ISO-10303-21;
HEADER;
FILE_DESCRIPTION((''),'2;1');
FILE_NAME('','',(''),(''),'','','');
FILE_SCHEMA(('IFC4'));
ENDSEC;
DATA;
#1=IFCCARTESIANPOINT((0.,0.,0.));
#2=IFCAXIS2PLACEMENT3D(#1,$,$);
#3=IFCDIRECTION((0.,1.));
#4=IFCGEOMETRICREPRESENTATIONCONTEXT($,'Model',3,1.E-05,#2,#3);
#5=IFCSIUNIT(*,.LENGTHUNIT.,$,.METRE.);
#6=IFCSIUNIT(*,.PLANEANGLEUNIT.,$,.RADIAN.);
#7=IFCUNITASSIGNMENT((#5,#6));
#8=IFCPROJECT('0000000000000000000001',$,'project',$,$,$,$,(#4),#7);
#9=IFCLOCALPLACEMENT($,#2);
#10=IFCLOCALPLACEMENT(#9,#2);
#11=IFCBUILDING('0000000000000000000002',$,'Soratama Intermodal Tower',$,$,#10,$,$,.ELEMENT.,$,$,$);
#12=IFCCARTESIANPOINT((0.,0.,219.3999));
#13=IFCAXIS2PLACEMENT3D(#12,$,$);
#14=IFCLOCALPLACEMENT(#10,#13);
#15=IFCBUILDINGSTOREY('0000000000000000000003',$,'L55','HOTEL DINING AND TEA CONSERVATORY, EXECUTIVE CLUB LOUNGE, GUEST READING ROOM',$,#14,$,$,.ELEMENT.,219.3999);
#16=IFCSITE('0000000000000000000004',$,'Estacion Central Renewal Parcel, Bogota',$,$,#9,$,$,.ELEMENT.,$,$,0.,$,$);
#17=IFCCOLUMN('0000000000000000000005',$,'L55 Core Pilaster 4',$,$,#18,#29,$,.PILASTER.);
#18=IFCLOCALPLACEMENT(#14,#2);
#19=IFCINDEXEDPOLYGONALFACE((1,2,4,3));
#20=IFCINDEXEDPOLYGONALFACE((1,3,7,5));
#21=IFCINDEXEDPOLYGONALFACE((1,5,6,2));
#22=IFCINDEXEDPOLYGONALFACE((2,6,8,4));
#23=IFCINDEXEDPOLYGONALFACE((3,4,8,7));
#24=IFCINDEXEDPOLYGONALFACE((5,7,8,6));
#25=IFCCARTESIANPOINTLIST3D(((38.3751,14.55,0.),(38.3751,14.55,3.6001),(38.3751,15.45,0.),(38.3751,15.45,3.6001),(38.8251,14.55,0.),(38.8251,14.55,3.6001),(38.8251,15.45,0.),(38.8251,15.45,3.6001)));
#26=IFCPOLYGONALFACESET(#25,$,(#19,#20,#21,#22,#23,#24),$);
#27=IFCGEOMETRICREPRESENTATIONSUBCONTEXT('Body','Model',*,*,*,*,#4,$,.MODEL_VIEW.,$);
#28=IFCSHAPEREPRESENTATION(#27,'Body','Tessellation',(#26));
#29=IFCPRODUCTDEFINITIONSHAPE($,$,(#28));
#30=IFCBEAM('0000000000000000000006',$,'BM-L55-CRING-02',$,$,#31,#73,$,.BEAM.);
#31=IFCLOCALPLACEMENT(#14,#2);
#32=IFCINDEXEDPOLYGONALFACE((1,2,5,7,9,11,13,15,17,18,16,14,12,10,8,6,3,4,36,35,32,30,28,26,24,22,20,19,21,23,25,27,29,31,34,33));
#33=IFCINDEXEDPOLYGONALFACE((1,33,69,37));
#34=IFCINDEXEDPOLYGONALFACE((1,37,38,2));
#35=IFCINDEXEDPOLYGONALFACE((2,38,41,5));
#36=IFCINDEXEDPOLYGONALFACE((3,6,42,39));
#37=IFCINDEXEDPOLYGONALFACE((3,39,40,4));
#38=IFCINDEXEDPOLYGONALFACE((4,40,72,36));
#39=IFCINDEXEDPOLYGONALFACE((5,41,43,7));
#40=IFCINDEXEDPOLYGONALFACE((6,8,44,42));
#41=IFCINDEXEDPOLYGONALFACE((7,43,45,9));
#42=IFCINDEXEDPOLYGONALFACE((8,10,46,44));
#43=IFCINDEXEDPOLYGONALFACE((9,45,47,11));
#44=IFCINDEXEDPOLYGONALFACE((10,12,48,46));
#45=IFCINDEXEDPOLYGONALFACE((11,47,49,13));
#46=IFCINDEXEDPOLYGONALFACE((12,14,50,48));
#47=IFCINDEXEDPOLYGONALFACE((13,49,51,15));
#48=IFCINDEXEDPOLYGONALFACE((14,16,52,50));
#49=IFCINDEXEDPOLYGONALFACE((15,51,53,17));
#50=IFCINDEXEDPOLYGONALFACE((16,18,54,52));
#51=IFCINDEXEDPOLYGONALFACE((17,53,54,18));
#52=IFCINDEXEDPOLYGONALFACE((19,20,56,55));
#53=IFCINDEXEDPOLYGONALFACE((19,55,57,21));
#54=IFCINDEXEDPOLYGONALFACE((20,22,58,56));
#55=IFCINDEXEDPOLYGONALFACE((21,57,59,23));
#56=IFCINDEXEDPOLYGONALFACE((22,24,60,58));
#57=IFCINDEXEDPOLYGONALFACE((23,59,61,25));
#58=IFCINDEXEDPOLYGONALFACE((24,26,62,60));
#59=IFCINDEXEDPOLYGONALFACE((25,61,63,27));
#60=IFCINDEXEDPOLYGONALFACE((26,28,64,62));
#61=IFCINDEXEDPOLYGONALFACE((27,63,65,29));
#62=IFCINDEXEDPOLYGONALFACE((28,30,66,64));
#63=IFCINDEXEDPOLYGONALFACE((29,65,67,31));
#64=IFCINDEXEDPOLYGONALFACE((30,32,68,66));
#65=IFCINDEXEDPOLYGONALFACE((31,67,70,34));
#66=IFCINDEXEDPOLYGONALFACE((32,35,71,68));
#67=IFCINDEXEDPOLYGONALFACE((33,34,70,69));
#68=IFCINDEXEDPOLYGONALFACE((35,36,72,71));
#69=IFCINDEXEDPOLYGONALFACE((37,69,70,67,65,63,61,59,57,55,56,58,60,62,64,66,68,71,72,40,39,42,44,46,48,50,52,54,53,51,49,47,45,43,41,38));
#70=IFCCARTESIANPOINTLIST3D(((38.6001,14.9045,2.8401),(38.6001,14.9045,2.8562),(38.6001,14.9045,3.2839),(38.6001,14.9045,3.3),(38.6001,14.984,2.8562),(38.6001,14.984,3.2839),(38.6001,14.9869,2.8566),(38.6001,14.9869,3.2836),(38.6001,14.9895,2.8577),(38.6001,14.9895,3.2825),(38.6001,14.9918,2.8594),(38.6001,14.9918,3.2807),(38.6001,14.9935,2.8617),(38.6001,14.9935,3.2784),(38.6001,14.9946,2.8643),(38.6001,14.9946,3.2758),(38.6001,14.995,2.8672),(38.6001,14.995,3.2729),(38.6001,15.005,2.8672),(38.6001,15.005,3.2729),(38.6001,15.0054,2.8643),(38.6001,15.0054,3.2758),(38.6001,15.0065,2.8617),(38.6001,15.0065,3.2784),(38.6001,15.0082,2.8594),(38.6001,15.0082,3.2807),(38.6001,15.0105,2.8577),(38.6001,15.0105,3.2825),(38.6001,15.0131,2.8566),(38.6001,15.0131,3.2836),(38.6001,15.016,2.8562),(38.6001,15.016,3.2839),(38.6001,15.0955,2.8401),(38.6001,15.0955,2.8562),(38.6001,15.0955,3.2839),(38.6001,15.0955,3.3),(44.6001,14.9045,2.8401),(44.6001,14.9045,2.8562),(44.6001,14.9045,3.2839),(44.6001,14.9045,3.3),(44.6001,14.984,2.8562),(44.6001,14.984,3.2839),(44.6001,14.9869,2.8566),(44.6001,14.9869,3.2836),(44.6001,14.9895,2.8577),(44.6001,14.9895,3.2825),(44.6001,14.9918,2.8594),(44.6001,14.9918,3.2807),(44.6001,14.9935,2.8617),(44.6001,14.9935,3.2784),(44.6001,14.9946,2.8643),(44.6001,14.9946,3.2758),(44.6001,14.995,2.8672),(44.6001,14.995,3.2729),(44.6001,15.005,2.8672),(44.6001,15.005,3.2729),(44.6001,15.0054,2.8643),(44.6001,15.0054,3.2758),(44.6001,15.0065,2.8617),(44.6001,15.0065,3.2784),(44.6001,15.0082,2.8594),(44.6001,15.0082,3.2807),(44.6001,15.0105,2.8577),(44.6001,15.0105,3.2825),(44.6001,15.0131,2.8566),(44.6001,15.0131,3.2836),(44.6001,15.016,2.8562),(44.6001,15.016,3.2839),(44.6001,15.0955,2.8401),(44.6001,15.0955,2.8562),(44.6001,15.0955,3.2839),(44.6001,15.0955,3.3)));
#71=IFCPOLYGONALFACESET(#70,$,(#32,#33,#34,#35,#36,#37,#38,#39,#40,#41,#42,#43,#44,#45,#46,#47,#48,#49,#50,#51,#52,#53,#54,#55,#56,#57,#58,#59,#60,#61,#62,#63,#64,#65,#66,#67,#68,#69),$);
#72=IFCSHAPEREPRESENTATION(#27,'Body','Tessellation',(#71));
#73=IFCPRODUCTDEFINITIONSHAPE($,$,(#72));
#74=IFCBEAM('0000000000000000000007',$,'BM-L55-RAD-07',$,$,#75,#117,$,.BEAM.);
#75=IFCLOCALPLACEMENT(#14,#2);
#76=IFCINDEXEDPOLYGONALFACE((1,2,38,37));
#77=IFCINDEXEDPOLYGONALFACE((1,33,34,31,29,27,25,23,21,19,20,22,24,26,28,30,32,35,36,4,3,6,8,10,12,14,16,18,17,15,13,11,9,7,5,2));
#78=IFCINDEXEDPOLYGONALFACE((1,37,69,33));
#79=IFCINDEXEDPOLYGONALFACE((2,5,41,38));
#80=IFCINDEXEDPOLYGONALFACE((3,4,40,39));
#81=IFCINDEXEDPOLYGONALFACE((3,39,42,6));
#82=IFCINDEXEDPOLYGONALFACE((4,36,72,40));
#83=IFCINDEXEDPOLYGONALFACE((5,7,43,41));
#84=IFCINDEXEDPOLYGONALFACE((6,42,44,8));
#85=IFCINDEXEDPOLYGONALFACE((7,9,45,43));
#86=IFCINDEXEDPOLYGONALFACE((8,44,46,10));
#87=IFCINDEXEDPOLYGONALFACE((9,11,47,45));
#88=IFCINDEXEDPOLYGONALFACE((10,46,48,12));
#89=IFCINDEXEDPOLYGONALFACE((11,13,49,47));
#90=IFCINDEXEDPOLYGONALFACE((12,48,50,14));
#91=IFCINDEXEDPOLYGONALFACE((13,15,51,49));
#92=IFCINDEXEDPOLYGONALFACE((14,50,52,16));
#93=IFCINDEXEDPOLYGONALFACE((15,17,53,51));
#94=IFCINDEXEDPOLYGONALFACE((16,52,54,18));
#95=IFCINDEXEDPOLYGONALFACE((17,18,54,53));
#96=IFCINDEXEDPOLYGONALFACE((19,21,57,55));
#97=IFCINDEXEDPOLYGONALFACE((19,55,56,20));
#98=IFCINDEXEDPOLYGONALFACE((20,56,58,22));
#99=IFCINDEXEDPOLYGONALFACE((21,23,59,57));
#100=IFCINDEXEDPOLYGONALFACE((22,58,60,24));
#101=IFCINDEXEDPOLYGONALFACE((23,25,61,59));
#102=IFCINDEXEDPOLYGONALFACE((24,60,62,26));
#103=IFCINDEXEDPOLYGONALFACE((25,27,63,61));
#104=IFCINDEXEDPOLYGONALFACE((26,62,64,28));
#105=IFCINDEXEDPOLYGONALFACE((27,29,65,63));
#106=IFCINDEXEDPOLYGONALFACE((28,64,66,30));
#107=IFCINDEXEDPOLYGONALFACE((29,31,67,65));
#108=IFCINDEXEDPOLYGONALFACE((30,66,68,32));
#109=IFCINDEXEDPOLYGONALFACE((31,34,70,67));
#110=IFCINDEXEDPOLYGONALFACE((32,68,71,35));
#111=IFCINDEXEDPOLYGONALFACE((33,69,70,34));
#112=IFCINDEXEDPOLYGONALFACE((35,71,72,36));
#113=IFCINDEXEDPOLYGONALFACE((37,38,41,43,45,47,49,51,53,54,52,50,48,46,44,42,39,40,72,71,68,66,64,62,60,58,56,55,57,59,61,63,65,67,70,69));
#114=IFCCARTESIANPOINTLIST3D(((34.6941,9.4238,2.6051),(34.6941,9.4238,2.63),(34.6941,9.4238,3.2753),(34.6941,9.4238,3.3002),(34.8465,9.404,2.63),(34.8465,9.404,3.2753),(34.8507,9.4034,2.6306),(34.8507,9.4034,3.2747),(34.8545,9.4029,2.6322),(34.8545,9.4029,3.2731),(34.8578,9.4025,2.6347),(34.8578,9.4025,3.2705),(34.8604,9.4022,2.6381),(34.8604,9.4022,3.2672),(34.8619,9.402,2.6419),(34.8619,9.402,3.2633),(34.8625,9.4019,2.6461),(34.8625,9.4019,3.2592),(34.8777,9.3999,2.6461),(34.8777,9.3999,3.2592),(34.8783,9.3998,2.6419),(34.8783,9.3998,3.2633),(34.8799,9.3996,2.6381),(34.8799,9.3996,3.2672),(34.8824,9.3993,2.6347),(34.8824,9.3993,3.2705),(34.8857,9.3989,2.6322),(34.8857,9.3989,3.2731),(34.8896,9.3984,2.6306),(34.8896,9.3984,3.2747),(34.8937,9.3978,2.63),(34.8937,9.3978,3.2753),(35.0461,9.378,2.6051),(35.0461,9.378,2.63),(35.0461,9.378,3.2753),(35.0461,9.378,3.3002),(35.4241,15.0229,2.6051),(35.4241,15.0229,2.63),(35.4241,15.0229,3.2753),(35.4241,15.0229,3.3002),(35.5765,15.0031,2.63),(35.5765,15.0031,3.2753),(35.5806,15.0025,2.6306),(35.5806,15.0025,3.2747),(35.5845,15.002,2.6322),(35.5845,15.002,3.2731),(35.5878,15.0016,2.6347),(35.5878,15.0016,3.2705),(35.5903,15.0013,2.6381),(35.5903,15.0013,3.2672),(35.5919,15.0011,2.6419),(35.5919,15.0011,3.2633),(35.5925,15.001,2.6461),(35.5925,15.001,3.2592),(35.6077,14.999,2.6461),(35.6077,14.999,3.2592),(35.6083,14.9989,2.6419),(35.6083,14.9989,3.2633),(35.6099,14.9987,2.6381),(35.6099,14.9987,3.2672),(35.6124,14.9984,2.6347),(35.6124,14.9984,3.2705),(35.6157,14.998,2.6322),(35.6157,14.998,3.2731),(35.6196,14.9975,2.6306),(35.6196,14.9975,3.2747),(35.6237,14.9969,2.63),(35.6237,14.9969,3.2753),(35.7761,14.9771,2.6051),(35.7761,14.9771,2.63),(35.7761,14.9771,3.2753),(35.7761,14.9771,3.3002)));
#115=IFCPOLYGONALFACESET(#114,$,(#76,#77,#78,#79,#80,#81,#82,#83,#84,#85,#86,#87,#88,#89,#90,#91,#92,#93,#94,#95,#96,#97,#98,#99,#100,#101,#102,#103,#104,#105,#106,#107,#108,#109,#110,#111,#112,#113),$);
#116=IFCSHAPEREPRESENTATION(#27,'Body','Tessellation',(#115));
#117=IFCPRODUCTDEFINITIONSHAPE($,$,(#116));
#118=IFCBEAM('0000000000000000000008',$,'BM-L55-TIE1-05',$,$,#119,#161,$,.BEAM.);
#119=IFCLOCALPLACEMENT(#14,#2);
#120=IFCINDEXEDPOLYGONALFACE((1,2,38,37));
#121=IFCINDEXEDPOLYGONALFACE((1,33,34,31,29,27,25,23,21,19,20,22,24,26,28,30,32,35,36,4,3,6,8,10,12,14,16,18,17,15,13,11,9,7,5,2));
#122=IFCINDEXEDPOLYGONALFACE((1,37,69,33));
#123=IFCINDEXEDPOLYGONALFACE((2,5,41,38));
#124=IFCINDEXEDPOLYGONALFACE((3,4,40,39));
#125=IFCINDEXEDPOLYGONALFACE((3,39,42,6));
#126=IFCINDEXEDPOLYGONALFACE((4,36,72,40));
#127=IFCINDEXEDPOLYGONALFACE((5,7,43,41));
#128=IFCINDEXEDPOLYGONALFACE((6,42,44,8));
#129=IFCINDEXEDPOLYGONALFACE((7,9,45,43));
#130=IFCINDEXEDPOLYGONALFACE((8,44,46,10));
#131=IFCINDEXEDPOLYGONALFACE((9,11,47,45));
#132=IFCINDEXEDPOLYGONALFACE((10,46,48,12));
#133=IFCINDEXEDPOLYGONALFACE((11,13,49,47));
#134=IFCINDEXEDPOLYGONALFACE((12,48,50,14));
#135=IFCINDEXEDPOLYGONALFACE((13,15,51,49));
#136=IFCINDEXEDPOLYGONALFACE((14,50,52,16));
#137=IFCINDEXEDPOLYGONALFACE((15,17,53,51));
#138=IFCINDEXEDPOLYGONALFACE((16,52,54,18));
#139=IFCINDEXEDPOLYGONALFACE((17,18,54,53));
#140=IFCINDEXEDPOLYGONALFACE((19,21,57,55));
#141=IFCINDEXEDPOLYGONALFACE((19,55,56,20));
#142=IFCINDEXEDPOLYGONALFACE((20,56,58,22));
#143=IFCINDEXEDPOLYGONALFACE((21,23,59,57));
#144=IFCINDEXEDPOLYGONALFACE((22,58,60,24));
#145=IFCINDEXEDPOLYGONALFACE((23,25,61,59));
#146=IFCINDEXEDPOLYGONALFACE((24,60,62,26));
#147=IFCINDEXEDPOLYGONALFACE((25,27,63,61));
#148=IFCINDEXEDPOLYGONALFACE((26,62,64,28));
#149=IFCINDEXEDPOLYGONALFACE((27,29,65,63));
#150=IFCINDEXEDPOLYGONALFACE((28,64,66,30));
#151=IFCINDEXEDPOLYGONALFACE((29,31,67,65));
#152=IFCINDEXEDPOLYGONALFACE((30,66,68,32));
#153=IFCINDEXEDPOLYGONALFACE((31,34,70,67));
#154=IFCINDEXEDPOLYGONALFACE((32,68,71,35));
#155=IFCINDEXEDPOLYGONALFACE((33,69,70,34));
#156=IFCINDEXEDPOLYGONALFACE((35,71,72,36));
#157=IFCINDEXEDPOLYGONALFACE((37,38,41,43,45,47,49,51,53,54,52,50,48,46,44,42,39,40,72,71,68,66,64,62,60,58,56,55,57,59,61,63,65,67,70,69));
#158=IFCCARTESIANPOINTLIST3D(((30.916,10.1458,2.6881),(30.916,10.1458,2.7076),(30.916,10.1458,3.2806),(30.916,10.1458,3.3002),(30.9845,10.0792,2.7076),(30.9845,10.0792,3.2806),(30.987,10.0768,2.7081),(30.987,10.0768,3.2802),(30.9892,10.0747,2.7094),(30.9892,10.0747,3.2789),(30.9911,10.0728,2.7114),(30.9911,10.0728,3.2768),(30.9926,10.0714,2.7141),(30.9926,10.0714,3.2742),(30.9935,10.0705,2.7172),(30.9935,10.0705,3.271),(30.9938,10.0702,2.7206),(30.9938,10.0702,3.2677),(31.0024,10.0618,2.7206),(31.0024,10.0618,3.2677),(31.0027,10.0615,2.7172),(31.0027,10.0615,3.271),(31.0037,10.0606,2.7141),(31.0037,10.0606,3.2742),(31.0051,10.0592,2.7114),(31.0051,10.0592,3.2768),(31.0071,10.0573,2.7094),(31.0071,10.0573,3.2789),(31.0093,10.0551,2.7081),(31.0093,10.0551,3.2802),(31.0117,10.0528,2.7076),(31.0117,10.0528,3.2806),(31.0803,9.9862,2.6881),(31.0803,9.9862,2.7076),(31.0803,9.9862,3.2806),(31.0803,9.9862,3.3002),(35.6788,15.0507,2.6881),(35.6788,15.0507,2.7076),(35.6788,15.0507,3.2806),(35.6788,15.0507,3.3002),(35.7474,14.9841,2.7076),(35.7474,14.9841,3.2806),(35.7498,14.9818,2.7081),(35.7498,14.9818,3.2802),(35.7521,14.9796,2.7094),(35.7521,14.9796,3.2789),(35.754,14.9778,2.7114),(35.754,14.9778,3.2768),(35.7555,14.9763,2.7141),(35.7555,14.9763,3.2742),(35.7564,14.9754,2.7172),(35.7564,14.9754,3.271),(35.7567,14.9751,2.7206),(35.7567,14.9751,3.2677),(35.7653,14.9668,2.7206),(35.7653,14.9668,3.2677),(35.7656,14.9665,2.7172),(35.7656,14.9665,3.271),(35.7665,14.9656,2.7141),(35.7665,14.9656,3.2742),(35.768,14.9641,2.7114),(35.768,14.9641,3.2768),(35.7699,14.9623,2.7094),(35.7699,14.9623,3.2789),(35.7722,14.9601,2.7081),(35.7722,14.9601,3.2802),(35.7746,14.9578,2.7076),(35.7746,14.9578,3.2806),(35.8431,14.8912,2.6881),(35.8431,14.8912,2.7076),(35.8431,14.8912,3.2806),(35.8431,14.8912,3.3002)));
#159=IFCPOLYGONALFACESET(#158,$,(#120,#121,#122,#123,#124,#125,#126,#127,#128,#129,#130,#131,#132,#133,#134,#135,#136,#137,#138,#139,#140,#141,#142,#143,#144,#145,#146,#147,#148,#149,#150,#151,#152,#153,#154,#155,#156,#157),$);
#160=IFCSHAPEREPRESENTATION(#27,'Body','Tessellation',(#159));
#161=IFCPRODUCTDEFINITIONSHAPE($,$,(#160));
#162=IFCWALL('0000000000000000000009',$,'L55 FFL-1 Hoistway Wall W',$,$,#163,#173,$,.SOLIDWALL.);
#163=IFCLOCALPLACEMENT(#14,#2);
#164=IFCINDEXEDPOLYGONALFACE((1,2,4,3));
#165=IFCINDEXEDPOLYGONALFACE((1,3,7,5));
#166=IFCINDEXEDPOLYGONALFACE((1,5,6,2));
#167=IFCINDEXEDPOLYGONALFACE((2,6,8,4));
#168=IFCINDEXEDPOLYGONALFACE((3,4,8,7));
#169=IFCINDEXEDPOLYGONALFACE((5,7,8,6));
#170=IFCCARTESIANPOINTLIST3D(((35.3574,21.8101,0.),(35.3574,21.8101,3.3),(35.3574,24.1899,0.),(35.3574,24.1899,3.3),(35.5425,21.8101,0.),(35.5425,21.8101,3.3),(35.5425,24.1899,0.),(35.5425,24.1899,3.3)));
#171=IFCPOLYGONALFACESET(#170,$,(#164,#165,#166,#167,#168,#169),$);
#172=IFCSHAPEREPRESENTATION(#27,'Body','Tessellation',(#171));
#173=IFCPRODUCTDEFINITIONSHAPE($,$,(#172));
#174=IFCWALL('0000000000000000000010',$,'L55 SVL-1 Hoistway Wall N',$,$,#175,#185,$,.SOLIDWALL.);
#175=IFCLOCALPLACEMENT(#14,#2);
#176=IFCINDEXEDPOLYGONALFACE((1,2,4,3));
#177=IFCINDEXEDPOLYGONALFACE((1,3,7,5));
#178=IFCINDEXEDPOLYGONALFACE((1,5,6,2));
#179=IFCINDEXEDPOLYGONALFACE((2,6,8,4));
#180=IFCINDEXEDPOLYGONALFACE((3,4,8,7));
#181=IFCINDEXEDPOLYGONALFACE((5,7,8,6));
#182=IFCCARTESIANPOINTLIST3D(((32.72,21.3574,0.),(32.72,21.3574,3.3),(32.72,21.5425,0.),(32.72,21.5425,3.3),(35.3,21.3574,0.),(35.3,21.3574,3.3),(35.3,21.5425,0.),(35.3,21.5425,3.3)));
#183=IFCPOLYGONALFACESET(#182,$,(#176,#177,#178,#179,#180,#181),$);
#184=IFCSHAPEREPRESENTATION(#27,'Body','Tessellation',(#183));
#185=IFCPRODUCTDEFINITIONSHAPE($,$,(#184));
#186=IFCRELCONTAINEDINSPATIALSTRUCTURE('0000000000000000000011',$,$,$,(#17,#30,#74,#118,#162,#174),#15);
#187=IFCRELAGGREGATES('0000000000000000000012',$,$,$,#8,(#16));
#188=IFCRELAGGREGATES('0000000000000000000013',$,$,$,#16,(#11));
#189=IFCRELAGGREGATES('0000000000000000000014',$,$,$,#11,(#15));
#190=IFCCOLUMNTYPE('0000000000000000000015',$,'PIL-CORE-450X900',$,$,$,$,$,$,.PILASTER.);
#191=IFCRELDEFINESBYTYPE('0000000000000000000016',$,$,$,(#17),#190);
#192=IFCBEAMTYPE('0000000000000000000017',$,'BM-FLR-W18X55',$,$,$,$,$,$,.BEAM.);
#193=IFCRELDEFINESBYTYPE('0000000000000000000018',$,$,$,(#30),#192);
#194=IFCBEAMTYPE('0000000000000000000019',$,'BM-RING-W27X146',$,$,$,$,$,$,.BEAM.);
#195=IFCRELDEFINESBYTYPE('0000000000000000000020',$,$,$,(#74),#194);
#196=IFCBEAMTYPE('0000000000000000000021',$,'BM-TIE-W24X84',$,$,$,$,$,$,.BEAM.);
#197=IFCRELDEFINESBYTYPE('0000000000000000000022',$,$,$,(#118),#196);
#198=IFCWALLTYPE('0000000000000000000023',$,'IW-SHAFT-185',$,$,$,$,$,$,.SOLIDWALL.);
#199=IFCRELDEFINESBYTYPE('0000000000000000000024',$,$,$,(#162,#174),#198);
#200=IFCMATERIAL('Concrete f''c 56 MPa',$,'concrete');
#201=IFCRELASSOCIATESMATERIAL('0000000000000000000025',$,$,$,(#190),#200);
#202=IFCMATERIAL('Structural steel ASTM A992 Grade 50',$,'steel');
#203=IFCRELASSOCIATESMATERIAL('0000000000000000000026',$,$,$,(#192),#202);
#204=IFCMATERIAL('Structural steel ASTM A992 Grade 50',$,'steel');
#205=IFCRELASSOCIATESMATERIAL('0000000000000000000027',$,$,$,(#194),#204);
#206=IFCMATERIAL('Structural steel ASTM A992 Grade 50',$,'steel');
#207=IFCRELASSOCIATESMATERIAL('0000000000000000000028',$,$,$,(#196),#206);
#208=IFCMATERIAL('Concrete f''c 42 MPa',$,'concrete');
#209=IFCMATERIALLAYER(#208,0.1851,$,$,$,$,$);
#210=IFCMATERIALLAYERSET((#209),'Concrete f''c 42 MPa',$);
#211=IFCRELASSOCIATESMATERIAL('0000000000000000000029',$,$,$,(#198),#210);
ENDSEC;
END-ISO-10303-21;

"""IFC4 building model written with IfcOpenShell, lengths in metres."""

from ifc_helpers import new_model, si_unit, direction, frame, frame_2d, origin, origin_2d, place, context, subcontext, project, spatial, rectangle, i_section, extrude, material, layer, layer_set, material_profile, profile_set, type_object, element, save


model = new_model("IFC4")

# Units and contexts
model_context = context("Model", 3, precision=1e-05, world=origin(), true_north=direction((0.0, 1.0)))
body_context = subcontext(model_context, "Body", "Model", "MODEL_VIEW")
ifc_project = project(units=[si_unit("LENGTHUNIT", "METRE"), si_unit("PLANEANGLEUNIT", "RADIAN")], contexts=[model_context])

# Site, building, storey
site_placement = place(None, origin())
site = spatial("IfcSite", under=ifc_project, at=site_placement, Name="Estacion Central Renewal Parcel, Bogota", CompositionType="ELEMENT", RefElevation=0.0)
building_placement = place(site_placement, origin())
building = spatial("IfcBuilding", under=site, at=building_placement, Name="Soratama Intermodal Tower", CompositionType="ELEMENT")
storey_placement = place(building_placement, frame((0.0, 0.0, 219.3999)))
storey = spatial("IfcBuildingStorey", under=building, at=storey_placement, Name="L55", Description="HOTEL DINING AND TEA CONSERVATORY, EXECUTIVE CLUB LOUNGE, GUEST READING ROOM", CompositionType="ELEMENT", Elevation=219.3999)

# Column
ifc_material_1 = material(Name="Concrete f'c 56 MPa", Category="concrete")
ifc_material_profile_1 = material_profile(ifc_material_1, rectangle(XDim=0.45, YDim=0.8999, at=origin_2d()), Name="RC450X900")
ifc_profile_set_1 = profile_set([ifc_material_profile_1], Name="Concrete f'c 56 MPa")
column_type = type_object("IfcColumnType", Name="PIL-CORE-450X900", PredefinedType="PILASTER", material=ifc_profile_set_1)
column_placement = place(storey_placement, frame((38.6001, 15.0, 0.0), z_axis=(0.0, 0.0, 1.0), x_axis=(1.0, 0.0, 0.0)))
element("IfcColumn", 1, at=column_placement, inside=storey, type_object=column_type, Name="L55 Core Pilaster 4", PredefinedType="PILASTER", context=body_context, shape_type="SweptSolid", body=[
    extrude(rectangle(XDim=0.45, YDim=0.8999, at=origin_2d()), origin(), (0.0, 0.0, 1.0), 3.6001),
])

# Beams
ifc_material_2 = material(Name="Structural steel ASTM A992 Grade 50", Category="steel")
ifc_material_profile_2 = material_profile(ifc_material_2, i_section(OverallWidth=0.1909, OverallDepth=0.46, WebThickness=0.01, FlangeThickness=0.0161, FilletRadius=0.011, at=origin_2d()), Name="W18X55")
ifc_profile_set_2 = profile_set([ifc_material_profile_2], Name="Structural steel ASTM A992 Grade 50")
beam_type_1 = type_object("IfcBeamType", Name="BM-FLR-W18X55", PredefinedType="BEAM", material=ifc_profile_set_2)
beam_1_placement = place(storey_placement, frame((38.6001, 15.0, 3.0701), z_axis=(1.0, 0.0, 0.0), x_axis=(0.0, 1.0, 0.0)))
element("IfcBeam", 2, at=beam_1_placement, inside=storey, type_object=beam_type_1, Name="BM-L55-CRING-02", PredefinedType="BEAM", context=body_context, shape_type="SweptSolid", body=[
    extrude(i_section(OverallWidth=0.1909, OverallDepth=0.46, WebThickness=0.01, FlangeThickness=0.0161, FilletRadius=0.011, at=origin_2d()), origin(), (0.0, 0.0, 1.0), 6.0),
])
ifc_material_3 = material(Name="Structural steel ASTM A992 Grade 50", Category="steel")
ifc_material_profile_3 = material_profile(ifc_material_3, i_section(OverallWidth=0.355, OverallDepth=0.6951, WebThickness=0.0154, FlangeThickness=0.0249, FilletRadius=0.0161, at=origin_2d()), Name="W27X146")
ifc_profile_set_3 = profile_set([ifc_material_profile_3], Name="Structural steel ASTM A992 Grade 50")
beam_type_2 = type_object("IfcBeamType", Name="BM-RING-W27X146", PredefinedType="BEAM", material=ifc_profile_set_3)
beam_2_placement = place(storey_placement, frame((35.6001, 15.0, 2.9526), z_axis=(-0.12928, -0.991608, 0.0), x_axis=(0.991608, -0.12928, 0.0)))
element("IfcBeam", 3, at=beam_2_placement, inside=storey, type_object=beam_type_2, Name="BM-L55-RAD-07", PredefinedType="BEAM", context=body_context, shape_type="SweptSolid", body=[
    extrude(i_section(OverallWidth=0.355, OverallDepth=0.6951, WebThickness=0.0154, FlangeThickness=0.0249, FilletRadius=0.0161, at=origin_2d()), origin(), (0.0, 0.0, 1.0), 5.6465),
])
ifc_material_4 = material(Name="Structural steel ASTM A992 Grade 50", Category="steel")
ifc_material_profile_4 = material_profile(ifc_material_4, i_section(OverallWidth=0.229, OverallDepth=0.6121, WebThickness=0.012, FlangeThickness=0.0195, FilletRadius=0.0129, at=origin_2d()), Name="W24X84")
ifc_profile_set_4 = profile_set([ifc_material_profile_4], Name="Structural steel ASTM A992 Grade 50")
beam_type_3 = type_object("IfcBeamType", Name="BM-TIE-W24X84", PredefinedType="BEAM", material=ifc_profile_set_4)
beam_3_placement = place(storey_placement, frame((35.761, 14.9709, 2.9941), z_axis=(-0.696639, -0.717422, 0.0), x_axis=(0.717422, -0.696639, 0.0)))
element("IfcBeam", 4, at=beam_3_placement, inside=storey, type_object=beam_type_3, Name="BM-L55-TIE1-05", PredefinedType="BEAM", context=body_context, shape_type="SweptSolid", body=[
    extrude(i_section(OverallWidth=0.229, OverallDepth=0.6121, WebThickness=0.012, FlangeThickness=0.0195, FilletRadius=0.0129, at=origin_2d()), origin(), (0.0, 0.0, 1.0), 6.8369),
])

# Shared definitions
ifc_material_5 = material(Name="Concrete f'c 42 MPa", Category="concrete")
ifc_layer_1 = layer(ifc_material_5, 0.1851)
ifc_layer_set_1 = layer_set([ifc_layer_1], Name="Concrete f'c 42 MPa")
wall_type_1 = type_object("IfcWallType", Name="IW-SHAFT-185", PredefinedType="SOLIDWALL", material=ifc_layer_set_1)

# Wall
wall_1_placement = place(storey_placement, frame((35.45, 21.8101, 0.0), z_axis=(0.0, 0.0, 1.0), x_axis=(0.0, 1.0, 0.0)))
element("IfcWall", 5, at=wall_1_placement, inside=storey, type_object=wall_type_1, Name="L55 FFL-1 Hoistway Wall W", PredefinedType="SOLIDWALL", context=body_context, shape_type="SweptSolid", body=[
    extrude(rectangle(XDim=2.3799, YDim=0.1851, at=frame_2d((1.1899, 0.0))), origin(), (0.0, 0.0, 1.0), 3.3),
])

# Wall
wall_2_placement = place(storey_placement, frame((32.72, 21.45, 0.0), z_axis=(0.0, 0.0, 1.0), x_axis=(1.0, 0.0, 0.0)))
element("IfcWall", 6, at=wall_2_placement, inside=storey, type_object=wall_type_1, Name="L55 SVL-1 Hoistway Wall N", PredefinedType="SOLIDWALL", context=body_context, shape_type="SweptSolid", body=[
    extrude(rectangle(XDim=2.5801, YDim=0.1851, at=frame_2d((1.29, 0.0))), origin(), (0.0, 0.0, 1.0), 3.3),
])

save(model, "model.ifc")
